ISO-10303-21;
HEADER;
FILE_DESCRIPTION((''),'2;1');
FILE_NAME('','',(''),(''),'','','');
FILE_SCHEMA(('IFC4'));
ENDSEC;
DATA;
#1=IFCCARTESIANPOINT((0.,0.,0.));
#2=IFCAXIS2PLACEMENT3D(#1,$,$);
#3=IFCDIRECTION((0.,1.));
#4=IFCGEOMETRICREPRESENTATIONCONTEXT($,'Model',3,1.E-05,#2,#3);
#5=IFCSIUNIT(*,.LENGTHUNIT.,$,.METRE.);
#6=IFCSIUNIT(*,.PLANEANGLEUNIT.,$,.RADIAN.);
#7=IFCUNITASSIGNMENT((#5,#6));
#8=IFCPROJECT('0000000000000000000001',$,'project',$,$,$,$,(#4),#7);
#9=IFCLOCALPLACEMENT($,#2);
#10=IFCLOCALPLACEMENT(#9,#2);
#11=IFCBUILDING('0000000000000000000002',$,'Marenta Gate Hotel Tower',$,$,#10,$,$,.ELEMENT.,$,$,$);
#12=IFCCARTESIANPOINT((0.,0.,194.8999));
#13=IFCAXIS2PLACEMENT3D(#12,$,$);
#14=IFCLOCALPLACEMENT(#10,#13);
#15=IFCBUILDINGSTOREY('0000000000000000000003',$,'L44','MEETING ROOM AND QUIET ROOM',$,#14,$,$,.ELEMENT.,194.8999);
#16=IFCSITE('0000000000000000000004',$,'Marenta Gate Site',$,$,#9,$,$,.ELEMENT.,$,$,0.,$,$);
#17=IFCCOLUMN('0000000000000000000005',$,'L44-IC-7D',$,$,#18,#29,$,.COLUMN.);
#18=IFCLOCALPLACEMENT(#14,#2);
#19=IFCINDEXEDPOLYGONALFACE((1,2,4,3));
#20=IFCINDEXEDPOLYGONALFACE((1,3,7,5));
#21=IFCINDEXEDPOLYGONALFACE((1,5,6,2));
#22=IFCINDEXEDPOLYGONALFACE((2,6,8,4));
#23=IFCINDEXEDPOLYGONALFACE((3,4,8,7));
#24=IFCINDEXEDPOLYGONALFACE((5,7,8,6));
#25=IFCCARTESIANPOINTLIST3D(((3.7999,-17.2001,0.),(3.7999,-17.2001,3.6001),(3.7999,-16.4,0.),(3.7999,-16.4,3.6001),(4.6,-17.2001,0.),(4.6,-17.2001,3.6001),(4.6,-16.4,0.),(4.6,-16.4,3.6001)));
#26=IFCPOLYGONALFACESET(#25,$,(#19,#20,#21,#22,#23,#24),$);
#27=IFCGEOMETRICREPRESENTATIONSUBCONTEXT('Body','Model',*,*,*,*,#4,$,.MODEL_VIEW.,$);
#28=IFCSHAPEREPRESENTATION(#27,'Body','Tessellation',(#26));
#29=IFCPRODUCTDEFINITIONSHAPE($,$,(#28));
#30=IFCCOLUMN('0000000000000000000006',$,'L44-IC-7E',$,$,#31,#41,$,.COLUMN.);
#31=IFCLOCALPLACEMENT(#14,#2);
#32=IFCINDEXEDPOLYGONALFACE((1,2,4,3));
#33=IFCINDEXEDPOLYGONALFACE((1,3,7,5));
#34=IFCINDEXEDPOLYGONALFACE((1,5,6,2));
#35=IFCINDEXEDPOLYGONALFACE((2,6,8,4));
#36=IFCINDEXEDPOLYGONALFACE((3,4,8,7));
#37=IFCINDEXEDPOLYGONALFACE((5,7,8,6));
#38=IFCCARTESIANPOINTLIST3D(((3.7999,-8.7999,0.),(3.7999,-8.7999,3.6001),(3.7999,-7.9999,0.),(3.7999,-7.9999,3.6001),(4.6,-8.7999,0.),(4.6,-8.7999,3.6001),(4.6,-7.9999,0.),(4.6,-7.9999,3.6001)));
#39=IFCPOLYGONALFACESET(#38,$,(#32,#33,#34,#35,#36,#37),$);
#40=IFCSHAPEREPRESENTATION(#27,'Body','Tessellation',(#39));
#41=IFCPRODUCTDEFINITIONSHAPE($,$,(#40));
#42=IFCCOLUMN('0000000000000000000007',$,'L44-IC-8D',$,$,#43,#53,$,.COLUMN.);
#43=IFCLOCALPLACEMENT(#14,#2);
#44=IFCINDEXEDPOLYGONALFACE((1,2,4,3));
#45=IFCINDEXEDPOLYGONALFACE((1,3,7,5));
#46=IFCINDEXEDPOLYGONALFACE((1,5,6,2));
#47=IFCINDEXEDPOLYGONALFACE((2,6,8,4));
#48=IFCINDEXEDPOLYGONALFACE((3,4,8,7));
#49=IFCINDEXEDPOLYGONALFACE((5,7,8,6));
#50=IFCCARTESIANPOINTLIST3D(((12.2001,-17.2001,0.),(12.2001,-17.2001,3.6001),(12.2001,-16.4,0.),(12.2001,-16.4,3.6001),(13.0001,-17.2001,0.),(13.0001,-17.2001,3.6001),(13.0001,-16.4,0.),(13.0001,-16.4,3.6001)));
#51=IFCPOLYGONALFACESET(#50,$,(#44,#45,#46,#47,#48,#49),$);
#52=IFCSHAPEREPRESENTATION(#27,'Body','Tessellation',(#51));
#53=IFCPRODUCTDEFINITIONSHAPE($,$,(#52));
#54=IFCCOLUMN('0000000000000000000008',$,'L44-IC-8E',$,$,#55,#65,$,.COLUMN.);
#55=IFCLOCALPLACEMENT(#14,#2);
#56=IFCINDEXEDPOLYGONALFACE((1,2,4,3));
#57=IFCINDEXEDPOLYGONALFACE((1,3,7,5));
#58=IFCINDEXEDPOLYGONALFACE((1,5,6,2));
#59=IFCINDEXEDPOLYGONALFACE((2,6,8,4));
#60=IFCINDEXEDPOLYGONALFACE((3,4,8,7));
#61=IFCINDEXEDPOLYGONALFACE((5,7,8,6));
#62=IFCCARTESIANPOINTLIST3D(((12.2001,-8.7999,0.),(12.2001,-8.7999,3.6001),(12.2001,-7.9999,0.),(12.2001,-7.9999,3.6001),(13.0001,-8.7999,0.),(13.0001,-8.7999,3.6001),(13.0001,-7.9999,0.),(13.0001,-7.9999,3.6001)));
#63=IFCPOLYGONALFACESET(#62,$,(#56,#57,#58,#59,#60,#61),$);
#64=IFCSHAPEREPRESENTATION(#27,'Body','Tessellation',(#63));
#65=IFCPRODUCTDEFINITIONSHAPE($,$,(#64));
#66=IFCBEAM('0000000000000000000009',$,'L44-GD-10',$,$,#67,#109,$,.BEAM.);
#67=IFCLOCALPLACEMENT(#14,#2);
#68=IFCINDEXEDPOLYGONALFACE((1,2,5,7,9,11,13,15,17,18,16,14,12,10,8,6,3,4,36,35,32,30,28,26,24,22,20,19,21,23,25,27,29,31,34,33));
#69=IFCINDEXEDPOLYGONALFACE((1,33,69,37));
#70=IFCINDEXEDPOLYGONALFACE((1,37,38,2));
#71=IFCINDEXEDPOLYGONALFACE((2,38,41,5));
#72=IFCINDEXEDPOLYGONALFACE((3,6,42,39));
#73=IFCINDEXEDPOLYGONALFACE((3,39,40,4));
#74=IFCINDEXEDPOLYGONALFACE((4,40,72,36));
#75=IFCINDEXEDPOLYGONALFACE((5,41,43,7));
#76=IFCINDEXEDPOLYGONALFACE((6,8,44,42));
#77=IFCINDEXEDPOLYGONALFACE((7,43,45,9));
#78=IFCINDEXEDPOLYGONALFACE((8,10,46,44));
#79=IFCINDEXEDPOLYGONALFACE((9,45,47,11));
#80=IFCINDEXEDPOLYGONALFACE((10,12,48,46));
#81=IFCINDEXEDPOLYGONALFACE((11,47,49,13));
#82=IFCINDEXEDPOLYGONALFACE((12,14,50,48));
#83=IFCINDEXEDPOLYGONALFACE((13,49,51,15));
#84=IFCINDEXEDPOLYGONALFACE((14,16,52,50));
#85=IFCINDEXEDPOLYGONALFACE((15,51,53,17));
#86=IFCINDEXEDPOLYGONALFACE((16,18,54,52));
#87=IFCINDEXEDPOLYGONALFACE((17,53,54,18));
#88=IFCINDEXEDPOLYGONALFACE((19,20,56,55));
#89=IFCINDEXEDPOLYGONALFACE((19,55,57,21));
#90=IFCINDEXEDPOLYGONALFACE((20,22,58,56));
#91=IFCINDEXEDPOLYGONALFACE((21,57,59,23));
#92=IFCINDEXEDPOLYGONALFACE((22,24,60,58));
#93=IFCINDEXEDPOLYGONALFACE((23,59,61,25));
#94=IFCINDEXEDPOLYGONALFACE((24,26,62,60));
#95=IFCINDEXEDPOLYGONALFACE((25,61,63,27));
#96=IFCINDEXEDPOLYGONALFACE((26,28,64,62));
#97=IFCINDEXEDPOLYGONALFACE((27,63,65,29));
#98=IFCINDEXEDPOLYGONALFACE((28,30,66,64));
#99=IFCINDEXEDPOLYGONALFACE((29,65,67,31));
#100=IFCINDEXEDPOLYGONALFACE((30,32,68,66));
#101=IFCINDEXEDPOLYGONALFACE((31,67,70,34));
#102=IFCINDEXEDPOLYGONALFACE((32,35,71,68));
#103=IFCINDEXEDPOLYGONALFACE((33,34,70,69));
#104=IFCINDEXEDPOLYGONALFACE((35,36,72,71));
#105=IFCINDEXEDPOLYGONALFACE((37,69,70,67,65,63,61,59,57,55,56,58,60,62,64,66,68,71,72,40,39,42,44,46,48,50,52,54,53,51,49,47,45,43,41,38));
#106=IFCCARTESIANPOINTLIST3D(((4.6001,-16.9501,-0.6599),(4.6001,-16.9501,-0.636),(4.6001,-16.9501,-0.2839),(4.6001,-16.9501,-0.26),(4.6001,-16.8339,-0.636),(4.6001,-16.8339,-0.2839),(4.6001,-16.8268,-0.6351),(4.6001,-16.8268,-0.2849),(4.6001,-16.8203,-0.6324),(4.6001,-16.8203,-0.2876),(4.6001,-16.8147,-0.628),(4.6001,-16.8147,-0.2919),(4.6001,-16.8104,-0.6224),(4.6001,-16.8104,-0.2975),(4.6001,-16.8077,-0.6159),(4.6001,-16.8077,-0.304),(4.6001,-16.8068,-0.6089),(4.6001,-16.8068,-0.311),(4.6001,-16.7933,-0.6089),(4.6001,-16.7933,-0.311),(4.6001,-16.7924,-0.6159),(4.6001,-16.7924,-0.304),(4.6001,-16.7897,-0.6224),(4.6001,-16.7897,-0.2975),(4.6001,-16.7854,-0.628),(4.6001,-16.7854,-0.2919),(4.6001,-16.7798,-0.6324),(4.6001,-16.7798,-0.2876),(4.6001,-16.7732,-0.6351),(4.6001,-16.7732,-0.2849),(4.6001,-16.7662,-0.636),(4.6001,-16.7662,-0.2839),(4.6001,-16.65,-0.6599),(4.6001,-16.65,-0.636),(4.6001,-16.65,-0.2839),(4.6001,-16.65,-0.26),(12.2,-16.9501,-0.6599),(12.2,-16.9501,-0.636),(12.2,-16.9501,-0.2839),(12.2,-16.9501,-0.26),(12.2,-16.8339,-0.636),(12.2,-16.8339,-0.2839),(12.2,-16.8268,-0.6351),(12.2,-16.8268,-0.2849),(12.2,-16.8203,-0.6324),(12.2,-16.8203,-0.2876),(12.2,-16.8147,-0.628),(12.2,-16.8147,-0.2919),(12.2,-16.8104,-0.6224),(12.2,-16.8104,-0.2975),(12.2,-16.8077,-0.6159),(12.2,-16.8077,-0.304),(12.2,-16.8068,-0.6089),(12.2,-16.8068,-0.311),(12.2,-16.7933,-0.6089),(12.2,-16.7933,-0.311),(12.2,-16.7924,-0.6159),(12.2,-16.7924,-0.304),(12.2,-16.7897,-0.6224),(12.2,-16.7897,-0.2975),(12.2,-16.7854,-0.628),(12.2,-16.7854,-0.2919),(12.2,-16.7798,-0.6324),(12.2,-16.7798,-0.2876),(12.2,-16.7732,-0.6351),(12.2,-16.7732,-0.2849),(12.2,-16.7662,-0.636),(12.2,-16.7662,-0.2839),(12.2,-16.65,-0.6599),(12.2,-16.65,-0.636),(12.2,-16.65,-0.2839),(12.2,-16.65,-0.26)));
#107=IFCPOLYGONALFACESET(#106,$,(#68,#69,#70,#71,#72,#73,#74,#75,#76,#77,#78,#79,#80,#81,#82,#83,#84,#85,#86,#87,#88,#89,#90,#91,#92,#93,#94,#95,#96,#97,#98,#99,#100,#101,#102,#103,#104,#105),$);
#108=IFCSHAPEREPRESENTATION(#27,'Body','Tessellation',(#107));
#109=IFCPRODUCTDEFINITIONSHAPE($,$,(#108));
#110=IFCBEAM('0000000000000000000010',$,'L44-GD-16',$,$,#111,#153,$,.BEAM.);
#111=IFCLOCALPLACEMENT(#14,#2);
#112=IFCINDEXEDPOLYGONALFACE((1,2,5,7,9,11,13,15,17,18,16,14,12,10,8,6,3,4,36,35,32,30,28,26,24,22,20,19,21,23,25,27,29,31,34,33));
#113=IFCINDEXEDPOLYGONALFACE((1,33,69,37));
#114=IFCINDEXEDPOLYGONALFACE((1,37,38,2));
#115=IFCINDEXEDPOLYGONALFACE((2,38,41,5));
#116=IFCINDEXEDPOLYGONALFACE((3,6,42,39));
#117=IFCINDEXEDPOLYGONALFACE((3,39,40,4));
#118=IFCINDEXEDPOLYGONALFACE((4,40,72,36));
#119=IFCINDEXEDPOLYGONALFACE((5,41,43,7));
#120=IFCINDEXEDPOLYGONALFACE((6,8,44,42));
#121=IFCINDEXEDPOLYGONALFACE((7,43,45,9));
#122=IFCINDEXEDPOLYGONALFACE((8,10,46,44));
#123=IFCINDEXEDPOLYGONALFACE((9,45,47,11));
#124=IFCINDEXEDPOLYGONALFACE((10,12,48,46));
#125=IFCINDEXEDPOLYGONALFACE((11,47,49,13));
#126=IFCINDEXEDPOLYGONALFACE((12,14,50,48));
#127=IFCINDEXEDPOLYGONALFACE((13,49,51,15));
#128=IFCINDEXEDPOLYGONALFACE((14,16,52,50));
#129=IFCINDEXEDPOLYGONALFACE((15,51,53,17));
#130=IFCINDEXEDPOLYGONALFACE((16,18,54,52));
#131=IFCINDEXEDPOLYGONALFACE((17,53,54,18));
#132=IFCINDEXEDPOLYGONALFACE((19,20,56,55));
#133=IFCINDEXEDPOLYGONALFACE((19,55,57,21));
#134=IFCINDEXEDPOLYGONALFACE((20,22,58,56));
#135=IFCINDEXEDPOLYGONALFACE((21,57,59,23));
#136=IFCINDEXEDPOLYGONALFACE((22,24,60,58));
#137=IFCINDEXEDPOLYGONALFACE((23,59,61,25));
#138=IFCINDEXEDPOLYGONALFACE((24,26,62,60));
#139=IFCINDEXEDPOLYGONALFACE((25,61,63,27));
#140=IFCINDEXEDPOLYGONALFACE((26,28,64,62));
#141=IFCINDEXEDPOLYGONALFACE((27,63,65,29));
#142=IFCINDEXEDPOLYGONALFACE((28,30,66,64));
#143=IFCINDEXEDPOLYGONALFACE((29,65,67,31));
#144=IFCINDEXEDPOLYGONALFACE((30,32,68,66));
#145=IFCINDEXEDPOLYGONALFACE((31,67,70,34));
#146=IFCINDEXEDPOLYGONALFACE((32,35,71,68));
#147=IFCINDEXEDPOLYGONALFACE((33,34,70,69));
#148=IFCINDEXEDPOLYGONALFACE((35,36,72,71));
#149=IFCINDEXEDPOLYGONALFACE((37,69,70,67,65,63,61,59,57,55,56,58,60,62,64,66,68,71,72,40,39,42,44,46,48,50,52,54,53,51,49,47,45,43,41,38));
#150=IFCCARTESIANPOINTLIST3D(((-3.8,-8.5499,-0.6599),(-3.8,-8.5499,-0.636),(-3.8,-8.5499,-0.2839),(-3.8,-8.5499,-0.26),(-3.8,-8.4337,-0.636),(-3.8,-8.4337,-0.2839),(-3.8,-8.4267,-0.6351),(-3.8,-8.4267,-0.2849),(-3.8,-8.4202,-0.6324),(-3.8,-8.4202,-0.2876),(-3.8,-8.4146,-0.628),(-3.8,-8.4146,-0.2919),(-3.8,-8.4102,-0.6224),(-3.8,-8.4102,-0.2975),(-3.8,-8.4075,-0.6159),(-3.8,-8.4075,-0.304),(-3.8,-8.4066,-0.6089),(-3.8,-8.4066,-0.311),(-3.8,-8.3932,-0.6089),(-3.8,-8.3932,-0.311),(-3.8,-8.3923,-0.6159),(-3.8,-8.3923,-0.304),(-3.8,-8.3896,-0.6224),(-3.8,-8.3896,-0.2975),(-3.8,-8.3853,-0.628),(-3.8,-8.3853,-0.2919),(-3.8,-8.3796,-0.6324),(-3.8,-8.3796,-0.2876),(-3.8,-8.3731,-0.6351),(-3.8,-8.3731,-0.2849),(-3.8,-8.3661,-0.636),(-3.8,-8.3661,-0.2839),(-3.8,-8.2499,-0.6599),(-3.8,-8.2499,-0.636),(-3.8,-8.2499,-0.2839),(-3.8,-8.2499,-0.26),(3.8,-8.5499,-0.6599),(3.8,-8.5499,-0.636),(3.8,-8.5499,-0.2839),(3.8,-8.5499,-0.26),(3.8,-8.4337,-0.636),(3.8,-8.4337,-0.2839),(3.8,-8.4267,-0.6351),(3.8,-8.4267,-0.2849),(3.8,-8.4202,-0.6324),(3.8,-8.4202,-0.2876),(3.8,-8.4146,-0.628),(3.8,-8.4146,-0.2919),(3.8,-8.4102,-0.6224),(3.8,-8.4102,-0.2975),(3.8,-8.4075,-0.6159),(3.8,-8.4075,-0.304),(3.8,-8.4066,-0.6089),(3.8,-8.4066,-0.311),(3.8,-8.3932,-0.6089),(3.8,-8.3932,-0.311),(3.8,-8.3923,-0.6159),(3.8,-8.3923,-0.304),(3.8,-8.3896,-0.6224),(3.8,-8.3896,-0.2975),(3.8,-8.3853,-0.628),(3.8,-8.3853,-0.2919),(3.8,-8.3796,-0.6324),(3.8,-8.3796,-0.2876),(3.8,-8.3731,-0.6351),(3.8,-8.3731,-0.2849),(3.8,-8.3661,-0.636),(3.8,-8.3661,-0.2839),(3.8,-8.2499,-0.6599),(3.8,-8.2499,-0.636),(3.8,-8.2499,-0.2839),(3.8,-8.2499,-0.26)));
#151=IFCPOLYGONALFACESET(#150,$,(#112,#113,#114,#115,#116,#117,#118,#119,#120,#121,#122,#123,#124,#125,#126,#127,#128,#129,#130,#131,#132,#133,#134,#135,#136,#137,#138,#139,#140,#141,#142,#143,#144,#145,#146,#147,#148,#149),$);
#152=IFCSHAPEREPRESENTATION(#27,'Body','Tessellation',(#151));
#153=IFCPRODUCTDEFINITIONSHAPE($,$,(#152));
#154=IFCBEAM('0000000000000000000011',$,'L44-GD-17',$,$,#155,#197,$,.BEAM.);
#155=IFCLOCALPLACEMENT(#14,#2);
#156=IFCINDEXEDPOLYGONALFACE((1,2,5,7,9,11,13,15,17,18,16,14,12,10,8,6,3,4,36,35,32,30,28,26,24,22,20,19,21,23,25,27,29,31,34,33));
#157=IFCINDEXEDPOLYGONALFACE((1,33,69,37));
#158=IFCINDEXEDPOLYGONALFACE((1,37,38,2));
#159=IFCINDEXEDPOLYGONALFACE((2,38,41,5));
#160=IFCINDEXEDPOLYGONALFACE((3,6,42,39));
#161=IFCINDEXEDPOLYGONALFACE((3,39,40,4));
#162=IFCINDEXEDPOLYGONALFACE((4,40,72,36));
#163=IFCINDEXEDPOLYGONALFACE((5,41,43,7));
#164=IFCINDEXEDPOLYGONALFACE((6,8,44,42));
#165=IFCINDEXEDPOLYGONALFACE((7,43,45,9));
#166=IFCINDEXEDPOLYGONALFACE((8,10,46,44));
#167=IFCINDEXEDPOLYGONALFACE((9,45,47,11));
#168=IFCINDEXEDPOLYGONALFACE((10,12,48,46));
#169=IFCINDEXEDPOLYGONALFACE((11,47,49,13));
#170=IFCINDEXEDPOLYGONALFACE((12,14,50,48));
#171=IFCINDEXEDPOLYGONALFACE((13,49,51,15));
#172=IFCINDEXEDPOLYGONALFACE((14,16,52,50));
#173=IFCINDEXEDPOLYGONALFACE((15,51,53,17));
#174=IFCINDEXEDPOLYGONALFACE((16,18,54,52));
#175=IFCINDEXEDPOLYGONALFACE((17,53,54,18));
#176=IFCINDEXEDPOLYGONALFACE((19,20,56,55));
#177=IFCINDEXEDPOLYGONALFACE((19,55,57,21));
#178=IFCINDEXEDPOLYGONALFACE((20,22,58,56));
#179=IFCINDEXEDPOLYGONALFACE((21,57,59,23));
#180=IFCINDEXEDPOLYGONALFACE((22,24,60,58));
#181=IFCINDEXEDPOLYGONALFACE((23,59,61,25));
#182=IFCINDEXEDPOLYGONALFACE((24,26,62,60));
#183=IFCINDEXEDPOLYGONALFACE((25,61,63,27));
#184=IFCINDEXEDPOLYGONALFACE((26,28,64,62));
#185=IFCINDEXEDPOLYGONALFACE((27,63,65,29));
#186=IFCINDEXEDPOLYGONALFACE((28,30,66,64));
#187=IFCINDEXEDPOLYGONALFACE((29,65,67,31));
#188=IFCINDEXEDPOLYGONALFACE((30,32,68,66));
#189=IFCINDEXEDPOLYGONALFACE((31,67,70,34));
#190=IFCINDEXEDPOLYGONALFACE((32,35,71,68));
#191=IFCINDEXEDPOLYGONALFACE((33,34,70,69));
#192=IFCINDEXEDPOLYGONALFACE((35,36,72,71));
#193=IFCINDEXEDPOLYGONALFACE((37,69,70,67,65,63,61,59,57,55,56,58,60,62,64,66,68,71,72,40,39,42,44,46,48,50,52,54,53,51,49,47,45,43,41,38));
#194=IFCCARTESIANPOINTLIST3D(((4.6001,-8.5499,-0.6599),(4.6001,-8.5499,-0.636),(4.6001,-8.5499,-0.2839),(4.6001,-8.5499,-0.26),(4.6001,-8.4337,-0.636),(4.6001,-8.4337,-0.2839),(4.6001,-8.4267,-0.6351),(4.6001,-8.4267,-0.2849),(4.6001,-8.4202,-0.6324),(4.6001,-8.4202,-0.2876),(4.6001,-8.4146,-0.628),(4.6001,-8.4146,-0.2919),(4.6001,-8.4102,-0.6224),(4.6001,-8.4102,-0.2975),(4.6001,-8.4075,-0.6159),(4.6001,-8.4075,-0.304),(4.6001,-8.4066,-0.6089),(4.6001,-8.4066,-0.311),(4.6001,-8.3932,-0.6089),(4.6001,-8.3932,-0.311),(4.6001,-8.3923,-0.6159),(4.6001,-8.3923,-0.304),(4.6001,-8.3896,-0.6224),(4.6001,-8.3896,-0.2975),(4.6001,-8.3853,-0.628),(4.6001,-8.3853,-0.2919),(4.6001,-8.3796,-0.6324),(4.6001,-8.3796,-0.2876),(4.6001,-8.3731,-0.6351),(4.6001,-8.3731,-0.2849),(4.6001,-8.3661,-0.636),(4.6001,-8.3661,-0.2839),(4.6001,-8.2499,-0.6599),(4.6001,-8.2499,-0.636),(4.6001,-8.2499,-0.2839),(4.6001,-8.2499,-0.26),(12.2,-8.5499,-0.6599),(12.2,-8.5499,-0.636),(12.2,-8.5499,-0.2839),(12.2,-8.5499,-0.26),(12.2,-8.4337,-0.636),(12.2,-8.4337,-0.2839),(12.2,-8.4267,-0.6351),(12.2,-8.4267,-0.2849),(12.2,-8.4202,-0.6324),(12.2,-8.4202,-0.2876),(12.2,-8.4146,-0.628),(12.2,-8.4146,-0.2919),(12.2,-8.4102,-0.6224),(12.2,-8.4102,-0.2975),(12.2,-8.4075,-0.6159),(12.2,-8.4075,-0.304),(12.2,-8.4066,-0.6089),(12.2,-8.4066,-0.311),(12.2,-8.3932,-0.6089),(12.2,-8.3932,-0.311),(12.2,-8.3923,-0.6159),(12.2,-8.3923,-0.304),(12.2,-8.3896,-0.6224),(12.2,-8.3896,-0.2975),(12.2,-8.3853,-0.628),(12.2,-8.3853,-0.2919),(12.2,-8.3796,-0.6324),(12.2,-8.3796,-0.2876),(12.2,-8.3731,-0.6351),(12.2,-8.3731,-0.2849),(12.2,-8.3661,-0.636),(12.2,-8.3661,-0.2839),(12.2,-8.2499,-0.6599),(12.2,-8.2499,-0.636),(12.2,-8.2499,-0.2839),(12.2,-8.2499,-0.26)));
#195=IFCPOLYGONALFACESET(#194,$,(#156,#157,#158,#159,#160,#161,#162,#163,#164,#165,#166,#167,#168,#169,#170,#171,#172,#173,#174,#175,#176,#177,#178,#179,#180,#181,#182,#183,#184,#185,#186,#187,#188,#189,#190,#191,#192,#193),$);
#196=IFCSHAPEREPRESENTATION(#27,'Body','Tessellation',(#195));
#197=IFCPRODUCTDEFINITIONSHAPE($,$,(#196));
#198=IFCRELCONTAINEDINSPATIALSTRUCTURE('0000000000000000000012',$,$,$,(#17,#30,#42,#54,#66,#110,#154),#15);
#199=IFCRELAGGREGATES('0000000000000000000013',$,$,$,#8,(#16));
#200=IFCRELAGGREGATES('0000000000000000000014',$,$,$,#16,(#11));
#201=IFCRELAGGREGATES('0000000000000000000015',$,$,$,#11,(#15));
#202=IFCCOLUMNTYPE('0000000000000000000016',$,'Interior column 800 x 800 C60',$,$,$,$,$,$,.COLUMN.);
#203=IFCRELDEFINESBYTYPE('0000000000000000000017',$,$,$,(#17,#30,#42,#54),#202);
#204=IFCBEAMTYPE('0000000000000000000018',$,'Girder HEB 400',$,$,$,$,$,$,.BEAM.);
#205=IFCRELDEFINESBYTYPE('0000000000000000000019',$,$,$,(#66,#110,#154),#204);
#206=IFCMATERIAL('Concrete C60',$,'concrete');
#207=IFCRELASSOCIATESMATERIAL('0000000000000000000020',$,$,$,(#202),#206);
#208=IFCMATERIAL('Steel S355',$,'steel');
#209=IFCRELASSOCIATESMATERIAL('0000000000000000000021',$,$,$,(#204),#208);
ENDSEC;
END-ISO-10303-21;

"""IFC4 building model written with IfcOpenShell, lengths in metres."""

from ifc_helpers import new_model, si_unit, direction, frame, origin, origin_2d, place, context, subcontext, project, spatial, rectangle, i_section, extrude, material, material_profile, profile_set, type_object, element, save


model = new_model("IFC4")

# Units and contexts
model_context = context("Model", 3, precision=1e-05, world=origin(), true_north=direction((0.0, 1.0)))
body_context = subcontext(model_context, "Body", "Model", "MODEL_VIEW")
ifc_project = project(units=[si_unit("LENGTHUNIT", "METRE"), si_unit("PLANEANGLEUNIT", "RADIAN")], contexts=[model_context])

# Site, building, storey
site_placement = place(None, origin())
site = spatial("IfcSite", under=ifc_project, at=site_placement, Name="Marenta Gate Site", CompositionType="ELEMENT", RefElevation=0.0)
building_placement = place(site_placement, origin())
building = spatial("IfcBuilding", under=site, at=building_placement, Name="Marenta Gate Hotel Tower", CompositionType="ELEMENT")
storey_placement = place(building_placement, frame((0.0, 0.0, 194.8999)))
storey = spatial("IfcBuildingStorey", under=building, at=storey_placement, Name="L44", Description="MEETING ROOM AND QUIET ROOM", CompositionType="ELEMENT", Elevation=194.8999)

# Columns
ifc_material_1 = material(Name="Concrete C60", Category="concrete")
ifc_material_profile_1 = material_profile(ifc_material_1, rectangle(XDim=0.8, YDim=0.8, at=origin_2d()), Name="800 x 800")
ifc_profile_set_1 = profile_set([ifc_material_profile_1], Name="Concrete C60")
column_type = type_object("IfcColumnType", Name="Interior column 800 x 800 C60", PredefinedType="COLUMN", material=ifc_profile_set_1)
for number, where, z_axis, x_axis, name in (
    (1, (4.2, -16.8, 0.0), (0.0, 0.0, 1.0), (1.0, 0.0, 0.0), "L44-IC-7D"),
    (2, (4.2, -8.3999, 0.0), (0.0, 0.0, 1.0), (1.0, 0.0, 0.0), "L44-IC-7E"),
    (3, (12.6001, -16.8, 0.0), (0.0, 0.0, 1.0), (1.0, 0.0, 0.0), "L44-IC-8D"),
    (4, (12.6001, -8.3999, 0.0), (0.0, 0.0, 1.0), (1.0, 0.0, 0.0), "L44-IC-8E"),
):
    element("IfcColumn", number, at=place(storey_placement, frame(where, z_axis=z_axis, x_axis=x_axis)), inside=storey, type_object=column_type, Name=name, PredefinedType="COLUMN", context=body_context, shape_type="SweptSolid", body=[
        extrude(rectangle(XDim=0.8, YDim=0.8, at=origin_2d()), origin(), (0.0, 0.0, 1.0), 3.6001),
    ])

# Beams
ifc_material_2 = material(Name="Steel S355", Category="steel")
ifc_material_profile_2 = material_profile(ifc_material_2, i_section(OverallWidth=0.3, OverallDepth=0.3999, WebThickness=0.0134, FlangeThickness=0.0239, FilletRadius=0.0271, at=origin_2d()), Name="HEB 400")
ifc_profile_set_2 = profile_set([ifc_material_profile_2], Name="Steel S355")
beam_type = type_object("IfcBeamType", Name="Girder HEB 400", PredefinedType="BEAM", material=ifc_profile_set_2)
beam_1_placement = place(storey_placement, frame((4.6001, -16.8, -0.46), z_axis=(1.0, 0.0, 0.0), x_axis=(0.0, 1.0, 0.0)))
element("IfcBeam", 5, at=beam_1_placement, inside=storey, type_object=beam_type, Name="L44-GD-10", PredefinedType="BEAM", context=body_context, shape_type="SweptSolid", body=[
    extrude(i_section(OverallWidth=0.3, OverallDepth=0.3999, WebThickness=0.0134, FlangeThickness=0.0239, FilletRadius=0.0271, at=origin_2d()), origin(), (0.0, 0.0, 1.0), 7.5999),
])
beam_2_placement = place(storey_placement, frame((-3.8, -8.3999, -0.46), z_axis=(1.0, 0.0, 0.0), x_axis=(0.0, 1.0, 0.0)))
element("IfcBeam", 6, at=beam_2_placement, inside=storey, type_object=beam_type, Name="L44-GD-16", PredefinedType="BEAM", context=body_context, shape_type="SweptSolid", body=[
    extrude(i_section(OverallWidth=0.3, OverallDepth=0.3999, WebThickness=0.0134, FlangeThickness=0.0239, FilletRadius=0.0271, at=origin_2d()), origin(), (0.0, 0.0, 1.0), 7.6001),
])
beam_3_placement = place(storey_placement, frame((4.6001, -8.3999, -0.46), z_axis=(1.0, 0.0, 0.0), x_axis=(0.0, 1.0, 0.0)))
element("IfcBeam", 7, at=beam_3_placement, inside=storey, type_object=beam_type, Name="L44-GD-17", PredefinedType="BEAM", context=body_context, shape_type="SweptSolid", body=[
    extrude(i_section(OverallWidth=0.3, OverallDepth=0.3999, WebThickness=0.0134, FlangeThickness=0.0239, FilletRadius=0.0271, at=origin_2d()), origin(), (0.0, 0.0, 1.0), 7.5999),
])

save(model, "model.ifc")
